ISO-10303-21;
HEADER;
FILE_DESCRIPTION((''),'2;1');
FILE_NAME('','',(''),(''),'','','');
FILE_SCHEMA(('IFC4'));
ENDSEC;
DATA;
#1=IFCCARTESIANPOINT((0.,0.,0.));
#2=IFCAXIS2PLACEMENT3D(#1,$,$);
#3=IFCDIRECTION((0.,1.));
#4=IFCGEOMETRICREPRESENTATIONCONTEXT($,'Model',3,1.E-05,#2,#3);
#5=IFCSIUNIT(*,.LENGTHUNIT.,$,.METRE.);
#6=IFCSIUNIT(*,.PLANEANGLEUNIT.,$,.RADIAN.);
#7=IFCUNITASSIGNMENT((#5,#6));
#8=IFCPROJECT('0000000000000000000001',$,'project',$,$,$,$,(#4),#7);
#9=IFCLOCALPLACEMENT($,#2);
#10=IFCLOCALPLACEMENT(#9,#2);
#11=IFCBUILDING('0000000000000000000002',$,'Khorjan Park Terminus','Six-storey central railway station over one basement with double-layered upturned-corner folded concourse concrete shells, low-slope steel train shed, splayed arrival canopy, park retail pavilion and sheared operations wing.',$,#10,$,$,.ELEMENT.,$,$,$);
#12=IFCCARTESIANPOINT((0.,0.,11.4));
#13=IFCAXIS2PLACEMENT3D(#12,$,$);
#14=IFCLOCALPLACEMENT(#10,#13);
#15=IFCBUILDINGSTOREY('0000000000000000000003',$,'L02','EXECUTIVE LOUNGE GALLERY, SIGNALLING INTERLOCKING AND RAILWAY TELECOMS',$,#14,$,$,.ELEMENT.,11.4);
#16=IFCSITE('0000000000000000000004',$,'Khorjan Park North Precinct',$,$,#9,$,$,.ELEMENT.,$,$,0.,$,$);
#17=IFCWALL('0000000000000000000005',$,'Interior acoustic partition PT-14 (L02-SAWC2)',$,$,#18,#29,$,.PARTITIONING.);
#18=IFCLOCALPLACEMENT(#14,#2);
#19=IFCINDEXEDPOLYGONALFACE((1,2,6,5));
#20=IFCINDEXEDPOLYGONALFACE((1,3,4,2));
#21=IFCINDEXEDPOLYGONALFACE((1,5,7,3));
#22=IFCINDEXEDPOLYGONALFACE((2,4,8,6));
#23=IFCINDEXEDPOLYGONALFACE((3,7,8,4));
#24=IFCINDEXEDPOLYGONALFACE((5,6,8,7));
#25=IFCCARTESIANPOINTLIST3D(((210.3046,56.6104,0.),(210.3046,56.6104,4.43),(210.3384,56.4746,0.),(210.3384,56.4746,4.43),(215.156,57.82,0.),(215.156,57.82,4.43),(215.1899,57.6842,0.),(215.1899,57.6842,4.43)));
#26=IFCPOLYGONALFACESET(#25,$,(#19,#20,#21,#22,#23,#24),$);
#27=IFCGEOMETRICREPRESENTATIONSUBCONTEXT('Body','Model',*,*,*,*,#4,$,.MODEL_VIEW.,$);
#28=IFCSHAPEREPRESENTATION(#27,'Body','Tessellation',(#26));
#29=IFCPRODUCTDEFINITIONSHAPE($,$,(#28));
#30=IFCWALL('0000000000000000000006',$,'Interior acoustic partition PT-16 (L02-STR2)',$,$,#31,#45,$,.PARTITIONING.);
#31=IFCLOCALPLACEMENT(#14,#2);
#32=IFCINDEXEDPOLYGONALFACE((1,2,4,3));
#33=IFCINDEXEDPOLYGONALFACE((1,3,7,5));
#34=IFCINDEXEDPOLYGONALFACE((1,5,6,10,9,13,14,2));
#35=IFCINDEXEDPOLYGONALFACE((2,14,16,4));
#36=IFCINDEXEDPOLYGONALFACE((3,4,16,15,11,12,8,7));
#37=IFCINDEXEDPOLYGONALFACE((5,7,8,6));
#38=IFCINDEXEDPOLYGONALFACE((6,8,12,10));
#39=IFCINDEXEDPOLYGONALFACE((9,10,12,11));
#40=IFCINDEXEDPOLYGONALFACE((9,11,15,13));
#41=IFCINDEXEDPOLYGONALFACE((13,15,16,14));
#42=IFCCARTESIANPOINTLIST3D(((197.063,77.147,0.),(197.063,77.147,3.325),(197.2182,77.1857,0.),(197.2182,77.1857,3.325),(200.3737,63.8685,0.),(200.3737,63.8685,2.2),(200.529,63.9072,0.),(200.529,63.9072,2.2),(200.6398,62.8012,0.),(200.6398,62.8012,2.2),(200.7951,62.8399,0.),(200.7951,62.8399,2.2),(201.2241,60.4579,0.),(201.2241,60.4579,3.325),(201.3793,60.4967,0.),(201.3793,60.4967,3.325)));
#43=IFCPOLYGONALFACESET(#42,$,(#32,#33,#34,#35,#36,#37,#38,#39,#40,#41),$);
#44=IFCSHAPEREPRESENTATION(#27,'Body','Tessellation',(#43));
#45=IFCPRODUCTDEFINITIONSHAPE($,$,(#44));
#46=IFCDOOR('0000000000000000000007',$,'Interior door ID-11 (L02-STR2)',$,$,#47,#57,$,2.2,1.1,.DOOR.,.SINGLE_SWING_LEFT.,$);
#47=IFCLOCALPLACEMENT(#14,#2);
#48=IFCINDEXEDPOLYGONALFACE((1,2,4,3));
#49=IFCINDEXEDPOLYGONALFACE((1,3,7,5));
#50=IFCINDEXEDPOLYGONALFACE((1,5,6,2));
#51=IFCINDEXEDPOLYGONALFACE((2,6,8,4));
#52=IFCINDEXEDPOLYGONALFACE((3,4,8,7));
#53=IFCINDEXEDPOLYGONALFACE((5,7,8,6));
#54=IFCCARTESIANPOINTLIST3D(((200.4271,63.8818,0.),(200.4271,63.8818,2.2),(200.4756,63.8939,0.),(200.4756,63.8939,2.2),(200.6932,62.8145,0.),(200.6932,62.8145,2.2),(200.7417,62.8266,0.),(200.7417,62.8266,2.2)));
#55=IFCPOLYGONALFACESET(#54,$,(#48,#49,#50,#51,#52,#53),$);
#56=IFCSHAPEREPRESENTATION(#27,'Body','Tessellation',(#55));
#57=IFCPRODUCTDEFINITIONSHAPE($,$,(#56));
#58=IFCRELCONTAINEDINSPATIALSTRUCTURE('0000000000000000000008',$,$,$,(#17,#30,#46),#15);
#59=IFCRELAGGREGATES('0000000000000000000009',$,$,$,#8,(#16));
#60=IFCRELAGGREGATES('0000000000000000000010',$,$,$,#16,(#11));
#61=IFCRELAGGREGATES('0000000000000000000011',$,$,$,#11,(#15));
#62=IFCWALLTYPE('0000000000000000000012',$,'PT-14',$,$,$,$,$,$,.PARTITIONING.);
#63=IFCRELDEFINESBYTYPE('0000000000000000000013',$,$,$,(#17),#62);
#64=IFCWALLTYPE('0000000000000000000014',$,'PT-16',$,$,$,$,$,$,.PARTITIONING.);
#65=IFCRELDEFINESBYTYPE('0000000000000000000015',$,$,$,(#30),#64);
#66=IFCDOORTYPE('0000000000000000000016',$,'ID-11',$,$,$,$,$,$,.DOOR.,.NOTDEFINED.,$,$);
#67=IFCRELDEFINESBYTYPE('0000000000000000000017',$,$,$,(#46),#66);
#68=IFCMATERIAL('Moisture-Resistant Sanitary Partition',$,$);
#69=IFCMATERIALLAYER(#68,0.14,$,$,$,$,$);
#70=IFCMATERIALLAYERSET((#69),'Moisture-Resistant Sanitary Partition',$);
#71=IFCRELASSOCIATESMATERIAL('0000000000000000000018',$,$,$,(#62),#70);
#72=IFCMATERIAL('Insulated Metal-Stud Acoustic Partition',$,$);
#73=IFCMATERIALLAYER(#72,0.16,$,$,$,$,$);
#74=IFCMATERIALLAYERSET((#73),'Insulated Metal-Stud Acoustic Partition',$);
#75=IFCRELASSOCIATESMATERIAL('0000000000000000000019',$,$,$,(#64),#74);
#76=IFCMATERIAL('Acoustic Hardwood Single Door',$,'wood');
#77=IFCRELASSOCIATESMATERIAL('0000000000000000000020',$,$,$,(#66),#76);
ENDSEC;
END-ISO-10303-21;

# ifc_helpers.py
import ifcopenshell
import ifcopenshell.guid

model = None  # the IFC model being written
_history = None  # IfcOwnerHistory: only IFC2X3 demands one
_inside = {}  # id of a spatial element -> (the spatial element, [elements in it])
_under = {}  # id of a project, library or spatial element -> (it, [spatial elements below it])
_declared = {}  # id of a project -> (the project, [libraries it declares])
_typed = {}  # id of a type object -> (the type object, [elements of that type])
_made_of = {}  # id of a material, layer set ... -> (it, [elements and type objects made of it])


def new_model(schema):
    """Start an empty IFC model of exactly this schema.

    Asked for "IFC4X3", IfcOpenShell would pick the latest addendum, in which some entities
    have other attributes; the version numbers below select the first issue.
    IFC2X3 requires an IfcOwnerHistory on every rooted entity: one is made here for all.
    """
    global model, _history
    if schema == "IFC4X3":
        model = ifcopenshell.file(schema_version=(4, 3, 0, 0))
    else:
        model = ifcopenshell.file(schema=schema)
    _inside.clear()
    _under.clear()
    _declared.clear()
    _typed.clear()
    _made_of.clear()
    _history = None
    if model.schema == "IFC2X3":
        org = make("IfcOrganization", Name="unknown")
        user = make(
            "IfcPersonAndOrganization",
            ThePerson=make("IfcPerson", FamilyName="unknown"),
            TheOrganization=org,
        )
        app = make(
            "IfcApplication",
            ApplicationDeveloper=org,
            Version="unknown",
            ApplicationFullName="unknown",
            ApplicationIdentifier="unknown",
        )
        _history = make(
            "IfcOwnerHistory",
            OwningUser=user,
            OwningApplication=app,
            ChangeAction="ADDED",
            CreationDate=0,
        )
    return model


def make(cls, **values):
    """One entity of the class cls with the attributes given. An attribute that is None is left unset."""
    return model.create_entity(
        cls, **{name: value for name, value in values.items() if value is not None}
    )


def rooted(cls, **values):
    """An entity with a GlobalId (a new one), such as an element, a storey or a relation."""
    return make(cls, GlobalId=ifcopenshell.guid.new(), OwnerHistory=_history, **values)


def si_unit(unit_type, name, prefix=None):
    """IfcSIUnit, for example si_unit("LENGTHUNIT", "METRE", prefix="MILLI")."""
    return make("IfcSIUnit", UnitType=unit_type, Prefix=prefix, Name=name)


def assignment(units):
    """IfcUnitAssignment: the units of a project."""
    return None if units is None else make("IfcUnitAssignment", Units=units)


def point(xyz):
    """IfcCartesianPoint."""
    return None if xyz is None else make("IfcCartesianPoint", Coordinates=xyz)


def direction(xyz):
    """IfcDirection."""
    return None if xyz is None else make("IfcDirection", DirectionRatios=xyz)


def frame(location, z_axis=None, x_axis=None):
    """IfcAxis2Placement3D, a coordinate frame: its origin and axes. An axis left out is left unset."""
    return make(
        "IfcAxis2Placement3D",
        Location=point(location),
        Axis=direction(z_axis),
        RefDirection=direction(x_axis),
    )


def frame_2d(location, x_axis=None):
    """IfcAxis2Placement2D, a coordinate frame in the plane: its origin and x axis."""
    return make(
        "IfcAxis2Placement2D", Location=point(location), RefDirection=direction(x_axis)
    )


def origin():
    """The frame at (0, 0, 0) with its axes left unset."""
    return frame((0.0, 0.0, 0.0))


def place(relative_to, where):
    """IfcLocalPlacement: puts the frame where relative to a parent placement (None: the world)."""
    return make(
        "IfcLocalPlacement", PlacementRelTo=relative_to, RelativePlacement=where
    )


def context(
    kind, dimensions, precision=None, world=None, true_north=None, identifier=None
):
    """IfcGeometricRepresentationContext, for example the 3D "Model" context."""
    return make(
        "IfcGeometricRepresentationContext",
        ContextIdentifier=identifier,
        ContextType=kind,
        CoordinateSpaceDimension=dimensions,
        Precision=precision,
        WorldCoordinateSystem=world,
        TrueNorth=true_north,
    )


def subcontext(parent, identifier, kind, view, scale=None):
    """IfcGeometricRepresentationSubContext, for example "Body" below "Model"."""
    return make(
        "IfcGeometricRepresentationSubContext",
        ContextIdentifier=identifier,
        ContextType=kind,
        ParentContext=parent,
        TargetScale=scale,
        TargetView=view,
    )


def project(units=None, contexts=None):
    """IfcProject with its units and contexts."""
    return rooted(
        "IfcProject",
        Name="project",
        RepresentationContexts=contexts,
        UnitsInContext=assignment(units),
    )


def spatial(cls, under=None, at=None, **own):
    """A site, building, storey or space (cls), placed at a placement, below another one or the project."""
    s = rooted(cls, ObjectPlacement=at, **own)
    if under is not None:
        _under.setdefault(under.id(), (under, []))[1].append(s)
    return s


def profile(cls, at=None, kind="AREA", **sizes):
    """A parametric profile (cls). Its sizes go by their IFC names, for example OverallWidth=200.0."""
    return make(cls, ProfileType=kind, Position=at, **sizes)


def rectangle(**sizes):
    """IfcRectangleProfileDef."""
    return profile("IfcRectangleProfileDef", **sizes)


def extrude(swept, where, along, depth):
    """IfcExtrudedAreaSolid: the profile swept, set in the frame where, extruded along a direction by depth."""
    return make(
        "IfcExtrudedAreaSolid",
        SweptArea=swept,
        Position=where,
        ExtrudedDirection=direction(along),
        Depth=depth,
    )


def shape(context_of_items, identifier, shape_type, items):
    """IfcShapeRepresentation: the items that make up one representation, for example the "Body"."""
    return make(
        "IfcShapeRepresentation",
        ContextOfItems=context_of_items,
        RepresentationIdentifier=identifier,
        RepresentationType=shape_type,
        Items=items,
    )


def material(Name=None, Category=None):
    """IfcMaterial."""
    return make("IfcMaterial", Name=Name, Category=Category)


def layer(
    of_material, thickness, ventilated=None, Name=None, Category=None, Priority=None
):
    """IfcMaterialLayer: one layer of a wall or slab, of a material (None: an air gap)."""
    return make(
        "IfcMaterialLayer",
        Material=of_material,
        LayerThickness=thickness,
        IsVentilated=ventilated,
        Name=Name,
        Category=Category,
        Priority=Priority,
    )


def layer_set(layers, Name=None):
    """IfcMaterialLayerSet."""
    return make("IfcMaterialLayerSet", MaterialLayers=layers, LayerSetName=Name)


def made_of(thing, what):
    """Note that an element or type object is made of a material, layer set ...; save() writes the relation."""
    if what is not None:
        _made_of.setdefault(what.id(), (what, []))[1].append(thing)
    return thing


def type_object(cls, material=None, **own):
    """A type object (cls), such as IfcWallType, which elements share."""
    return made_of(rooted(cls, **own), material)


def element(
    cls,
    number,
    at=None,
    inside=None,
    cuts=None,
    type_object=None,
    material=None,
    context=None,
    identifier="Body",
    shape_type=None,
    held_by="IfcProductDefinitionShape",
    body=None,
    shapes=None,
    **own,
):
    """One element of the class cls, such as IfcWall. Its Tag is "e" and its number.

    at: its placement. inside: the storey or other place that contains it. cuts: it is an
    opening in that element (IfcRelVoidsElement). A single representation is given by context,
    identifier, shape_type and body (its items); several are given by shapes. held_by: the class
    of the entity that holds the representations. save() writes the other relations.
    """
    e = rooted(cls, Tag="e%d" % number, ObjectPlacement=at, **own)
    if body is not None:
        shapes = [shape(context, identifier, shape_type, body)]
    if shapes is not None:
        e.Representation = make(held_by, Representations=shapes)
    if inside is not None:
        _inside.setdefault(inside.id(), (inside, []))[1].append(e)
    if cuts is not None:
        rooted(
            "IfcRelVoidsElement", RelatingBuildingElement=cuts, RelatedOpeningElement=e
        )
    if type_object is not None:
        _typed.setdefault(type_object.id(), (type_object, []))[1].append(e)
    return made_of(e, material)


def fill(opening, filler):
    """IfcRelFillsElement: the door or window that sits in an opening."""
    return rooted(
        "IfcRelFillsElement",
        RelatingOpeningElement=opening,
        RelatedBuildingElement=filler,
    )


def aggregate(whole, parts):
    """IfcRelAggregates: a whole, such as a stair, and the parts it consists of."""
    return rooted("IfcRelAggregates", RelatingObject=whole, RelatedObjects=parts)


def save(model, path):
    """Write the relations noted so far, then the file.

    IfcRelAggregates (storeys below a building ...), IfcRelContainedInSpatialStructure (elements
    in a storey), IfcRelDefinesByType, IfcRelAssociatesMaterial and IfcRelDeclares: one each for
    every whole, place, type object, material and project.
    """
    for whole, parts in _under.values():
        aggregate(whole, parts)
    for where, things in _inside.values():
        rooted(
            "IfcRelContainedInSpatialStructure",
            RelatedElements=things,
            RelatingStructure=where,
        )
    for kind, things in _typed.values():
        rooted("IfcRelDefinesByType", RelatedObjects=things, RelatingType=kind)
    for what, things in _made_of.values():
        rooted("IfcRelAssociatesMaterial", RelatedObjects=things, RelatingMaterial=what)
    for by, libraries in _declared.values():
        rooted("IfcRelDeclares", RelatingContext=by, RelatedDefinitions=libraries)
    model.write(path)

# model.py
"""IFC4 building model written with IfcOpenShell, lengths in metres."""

from ifc_helpers import new_model, si_unit, direction, frame, frame_2d, origin, place, context, subcontext, project, spatial, rectangle, extrude, material, layer, layer_set, type_object, element, fill, save


model = new_model("IFC4")

# Units and contexts
model_context = context("Model", 3, precision=1e-05, world=origin(), true_north=direction((0.0, 1.0)))
body_context = subcontext(model_context, "Body", "Model", "MODEL_VIEW")
ifc_project = project(units=[si_unit("LENGTHUNIT", "METRE"), si_unit("PLANEANGLEUNIT", "RADIAN")], contexts=[model_context])

# Site, building, storey
site_placement = place(None, origin())
site = spatial("IfcSite", under=ifc_project, at=site_placement, Name="Khorjan Park North Precinct", CompositionType="ELEMENT", RefElevation=0.0)
building_placement = place(site_placement, origin())
building = spatial("IfcBuilding", under=site, at=building_placement, Name="Khorjan Park Terminus", Description="Six-storey central railway station over one basement with double-layered upturned-corner folded concourse concrete shells, low-slope steel train shed, splayed arrival canopy, park retail pavilion and sheared operations wing.", CompositionType="ELEMENT")
storey_placement = place(building_placement, frame((0.0, 0.0, 11.4)))
storey = spatial("IfcBuildingStorey", under=building, at=storey_placement, Name="L02", Description="EXECUTIVE LOUNGE GALLERY, SIGNALLING INTERLOCKING AND RAILWAY TELECOMS", CompositionType="ELEMENT", Elevation=11.4)

# Shared definitions
ifc_material_1 = material(Name="Moisture-Resistant Sanitary Partition")
ifc_layer_1 = layer(ifc_material_1, 0.14)
ifc_layer_set_1 = layer_set([ifc_layer_1], Name="Moisture-Resistant Sanitary Partition")
wall_type_1 = type_object("IfcWallType", Name="PT-14", PredefinedType="PARTITIONING", material=ifc_layer_set_1)

# Wall
wall_1_placement = place(storey_placement, frame((210.3215, 56.5425, 0.0), z_axis=(0.0, 0.0, 1.0), x_axis=(0.970296, 0.241919, 0.0)))
element("IfcWall", 1, at=wall_1_placement, inside=storey, type_object=wall_type_1, Name="Interior acoustic partition PT-14 (L02-SAWC2)", PredefinedType="PARTITIONING", context=body_context, shape_type="SweptSolid", body=[
    extrude(rectangle(XDim=5.0, YDim=0.14, at=frame_2d((2.5, 0.0))), origin(), (0.0, 0.0, 1.0), 4.43),
])

# Wall, opening, door
ifc_material_2 = material(Name="Insulated Metal-Stud Acoustic Partition")
ifc_layer_2 = layer(ifc_material_2, 0.16)
ifc_layer_set_2 = layer_set([ifc_layer_2], Name="Insulated Metal-Stud Acoustic Partition")
wall_type_2 = type_object("IfcWallType", Name="PT-16", PredefinedType="PARTITIONING", material=ifc_layer_set_2)
wall_2_placement = place(storey_placement, frame((201.3017, 60.4773, 0.0), z_axis=(0.0, 0.0, 1.0), x_axis=(-0.241924, 0.970295, 0.0)))
wall_2 = element("IfcWall", 2, at=wall_2_placement, inside=storey, type_object=wall_type_2, Name="Interior acoustic partition PT-16 (L02-STR2)", PredefinedType="PARTITIONING", context=body_context, shape_type="SweptSolid", body=[
    extrude(rectangle(XDim=17.2, YDim=0.16, at=frame_2d((8.6, 0.0))), origin(), (0.0, 0.0, 1.0), 3.325),
])
opening_1_placement = place(wall_2_placement, frame((2.415, 0.0, 0.0)))
opening_1 = element("IfcOpeningElement", 3, at=opening_1_placement, cuts=wall_2, PredefinedType="OPENING", context=body_context, shape_type="SweptSolid", body=[
    extrude(rectangle(XDim=1.1, YDim=2.2, at=frame_2d((0.55, 1.1))), frame((0.0, 0.09, 0.0), z_axis=(0.0, -1.0, 0.0), x_axis=(1.0, 0.0, 0.0)), (0.0, 0.0, 1.0), 0.18),
])
ifc_material_3 = material(Name="Acoustic Hardwood Single Door", Category="wood")
door_type_1 = type_object("IfcDoorType", Name="ID-11", OperationType="NOTDEFINED", PredefinedType="DOOR", material=ifc_material_3)
door_1_placement = place(opening_1_placement, origin())
door_1 = element("IfcDoor", 4, at=door_1_placement, inside=storey, type_object=door_type_1, Name="Interior door ID-11 (L02-STR2)", OperationType="SINGLE_SWING_LEFT", OverallHeight=2.2, OverallWidth=1.1, PredefinedType="DOOR", context=body_context, shape_type="SweptSolid", body=[
    extrude(rectangle(XDim=1.1, YDim=2.2, at=frame_2d((0.55, 1.1))), frame((0.0, 0.025, 0.0), z_axis=(0.0, -1.0, 0.0), x_axis=(1.0, 0.0, 0.0)), (0.0, 0.0, 1.0), 0.05),
])
fill(opening_1, door_1)

save(model, "model.ifc")
